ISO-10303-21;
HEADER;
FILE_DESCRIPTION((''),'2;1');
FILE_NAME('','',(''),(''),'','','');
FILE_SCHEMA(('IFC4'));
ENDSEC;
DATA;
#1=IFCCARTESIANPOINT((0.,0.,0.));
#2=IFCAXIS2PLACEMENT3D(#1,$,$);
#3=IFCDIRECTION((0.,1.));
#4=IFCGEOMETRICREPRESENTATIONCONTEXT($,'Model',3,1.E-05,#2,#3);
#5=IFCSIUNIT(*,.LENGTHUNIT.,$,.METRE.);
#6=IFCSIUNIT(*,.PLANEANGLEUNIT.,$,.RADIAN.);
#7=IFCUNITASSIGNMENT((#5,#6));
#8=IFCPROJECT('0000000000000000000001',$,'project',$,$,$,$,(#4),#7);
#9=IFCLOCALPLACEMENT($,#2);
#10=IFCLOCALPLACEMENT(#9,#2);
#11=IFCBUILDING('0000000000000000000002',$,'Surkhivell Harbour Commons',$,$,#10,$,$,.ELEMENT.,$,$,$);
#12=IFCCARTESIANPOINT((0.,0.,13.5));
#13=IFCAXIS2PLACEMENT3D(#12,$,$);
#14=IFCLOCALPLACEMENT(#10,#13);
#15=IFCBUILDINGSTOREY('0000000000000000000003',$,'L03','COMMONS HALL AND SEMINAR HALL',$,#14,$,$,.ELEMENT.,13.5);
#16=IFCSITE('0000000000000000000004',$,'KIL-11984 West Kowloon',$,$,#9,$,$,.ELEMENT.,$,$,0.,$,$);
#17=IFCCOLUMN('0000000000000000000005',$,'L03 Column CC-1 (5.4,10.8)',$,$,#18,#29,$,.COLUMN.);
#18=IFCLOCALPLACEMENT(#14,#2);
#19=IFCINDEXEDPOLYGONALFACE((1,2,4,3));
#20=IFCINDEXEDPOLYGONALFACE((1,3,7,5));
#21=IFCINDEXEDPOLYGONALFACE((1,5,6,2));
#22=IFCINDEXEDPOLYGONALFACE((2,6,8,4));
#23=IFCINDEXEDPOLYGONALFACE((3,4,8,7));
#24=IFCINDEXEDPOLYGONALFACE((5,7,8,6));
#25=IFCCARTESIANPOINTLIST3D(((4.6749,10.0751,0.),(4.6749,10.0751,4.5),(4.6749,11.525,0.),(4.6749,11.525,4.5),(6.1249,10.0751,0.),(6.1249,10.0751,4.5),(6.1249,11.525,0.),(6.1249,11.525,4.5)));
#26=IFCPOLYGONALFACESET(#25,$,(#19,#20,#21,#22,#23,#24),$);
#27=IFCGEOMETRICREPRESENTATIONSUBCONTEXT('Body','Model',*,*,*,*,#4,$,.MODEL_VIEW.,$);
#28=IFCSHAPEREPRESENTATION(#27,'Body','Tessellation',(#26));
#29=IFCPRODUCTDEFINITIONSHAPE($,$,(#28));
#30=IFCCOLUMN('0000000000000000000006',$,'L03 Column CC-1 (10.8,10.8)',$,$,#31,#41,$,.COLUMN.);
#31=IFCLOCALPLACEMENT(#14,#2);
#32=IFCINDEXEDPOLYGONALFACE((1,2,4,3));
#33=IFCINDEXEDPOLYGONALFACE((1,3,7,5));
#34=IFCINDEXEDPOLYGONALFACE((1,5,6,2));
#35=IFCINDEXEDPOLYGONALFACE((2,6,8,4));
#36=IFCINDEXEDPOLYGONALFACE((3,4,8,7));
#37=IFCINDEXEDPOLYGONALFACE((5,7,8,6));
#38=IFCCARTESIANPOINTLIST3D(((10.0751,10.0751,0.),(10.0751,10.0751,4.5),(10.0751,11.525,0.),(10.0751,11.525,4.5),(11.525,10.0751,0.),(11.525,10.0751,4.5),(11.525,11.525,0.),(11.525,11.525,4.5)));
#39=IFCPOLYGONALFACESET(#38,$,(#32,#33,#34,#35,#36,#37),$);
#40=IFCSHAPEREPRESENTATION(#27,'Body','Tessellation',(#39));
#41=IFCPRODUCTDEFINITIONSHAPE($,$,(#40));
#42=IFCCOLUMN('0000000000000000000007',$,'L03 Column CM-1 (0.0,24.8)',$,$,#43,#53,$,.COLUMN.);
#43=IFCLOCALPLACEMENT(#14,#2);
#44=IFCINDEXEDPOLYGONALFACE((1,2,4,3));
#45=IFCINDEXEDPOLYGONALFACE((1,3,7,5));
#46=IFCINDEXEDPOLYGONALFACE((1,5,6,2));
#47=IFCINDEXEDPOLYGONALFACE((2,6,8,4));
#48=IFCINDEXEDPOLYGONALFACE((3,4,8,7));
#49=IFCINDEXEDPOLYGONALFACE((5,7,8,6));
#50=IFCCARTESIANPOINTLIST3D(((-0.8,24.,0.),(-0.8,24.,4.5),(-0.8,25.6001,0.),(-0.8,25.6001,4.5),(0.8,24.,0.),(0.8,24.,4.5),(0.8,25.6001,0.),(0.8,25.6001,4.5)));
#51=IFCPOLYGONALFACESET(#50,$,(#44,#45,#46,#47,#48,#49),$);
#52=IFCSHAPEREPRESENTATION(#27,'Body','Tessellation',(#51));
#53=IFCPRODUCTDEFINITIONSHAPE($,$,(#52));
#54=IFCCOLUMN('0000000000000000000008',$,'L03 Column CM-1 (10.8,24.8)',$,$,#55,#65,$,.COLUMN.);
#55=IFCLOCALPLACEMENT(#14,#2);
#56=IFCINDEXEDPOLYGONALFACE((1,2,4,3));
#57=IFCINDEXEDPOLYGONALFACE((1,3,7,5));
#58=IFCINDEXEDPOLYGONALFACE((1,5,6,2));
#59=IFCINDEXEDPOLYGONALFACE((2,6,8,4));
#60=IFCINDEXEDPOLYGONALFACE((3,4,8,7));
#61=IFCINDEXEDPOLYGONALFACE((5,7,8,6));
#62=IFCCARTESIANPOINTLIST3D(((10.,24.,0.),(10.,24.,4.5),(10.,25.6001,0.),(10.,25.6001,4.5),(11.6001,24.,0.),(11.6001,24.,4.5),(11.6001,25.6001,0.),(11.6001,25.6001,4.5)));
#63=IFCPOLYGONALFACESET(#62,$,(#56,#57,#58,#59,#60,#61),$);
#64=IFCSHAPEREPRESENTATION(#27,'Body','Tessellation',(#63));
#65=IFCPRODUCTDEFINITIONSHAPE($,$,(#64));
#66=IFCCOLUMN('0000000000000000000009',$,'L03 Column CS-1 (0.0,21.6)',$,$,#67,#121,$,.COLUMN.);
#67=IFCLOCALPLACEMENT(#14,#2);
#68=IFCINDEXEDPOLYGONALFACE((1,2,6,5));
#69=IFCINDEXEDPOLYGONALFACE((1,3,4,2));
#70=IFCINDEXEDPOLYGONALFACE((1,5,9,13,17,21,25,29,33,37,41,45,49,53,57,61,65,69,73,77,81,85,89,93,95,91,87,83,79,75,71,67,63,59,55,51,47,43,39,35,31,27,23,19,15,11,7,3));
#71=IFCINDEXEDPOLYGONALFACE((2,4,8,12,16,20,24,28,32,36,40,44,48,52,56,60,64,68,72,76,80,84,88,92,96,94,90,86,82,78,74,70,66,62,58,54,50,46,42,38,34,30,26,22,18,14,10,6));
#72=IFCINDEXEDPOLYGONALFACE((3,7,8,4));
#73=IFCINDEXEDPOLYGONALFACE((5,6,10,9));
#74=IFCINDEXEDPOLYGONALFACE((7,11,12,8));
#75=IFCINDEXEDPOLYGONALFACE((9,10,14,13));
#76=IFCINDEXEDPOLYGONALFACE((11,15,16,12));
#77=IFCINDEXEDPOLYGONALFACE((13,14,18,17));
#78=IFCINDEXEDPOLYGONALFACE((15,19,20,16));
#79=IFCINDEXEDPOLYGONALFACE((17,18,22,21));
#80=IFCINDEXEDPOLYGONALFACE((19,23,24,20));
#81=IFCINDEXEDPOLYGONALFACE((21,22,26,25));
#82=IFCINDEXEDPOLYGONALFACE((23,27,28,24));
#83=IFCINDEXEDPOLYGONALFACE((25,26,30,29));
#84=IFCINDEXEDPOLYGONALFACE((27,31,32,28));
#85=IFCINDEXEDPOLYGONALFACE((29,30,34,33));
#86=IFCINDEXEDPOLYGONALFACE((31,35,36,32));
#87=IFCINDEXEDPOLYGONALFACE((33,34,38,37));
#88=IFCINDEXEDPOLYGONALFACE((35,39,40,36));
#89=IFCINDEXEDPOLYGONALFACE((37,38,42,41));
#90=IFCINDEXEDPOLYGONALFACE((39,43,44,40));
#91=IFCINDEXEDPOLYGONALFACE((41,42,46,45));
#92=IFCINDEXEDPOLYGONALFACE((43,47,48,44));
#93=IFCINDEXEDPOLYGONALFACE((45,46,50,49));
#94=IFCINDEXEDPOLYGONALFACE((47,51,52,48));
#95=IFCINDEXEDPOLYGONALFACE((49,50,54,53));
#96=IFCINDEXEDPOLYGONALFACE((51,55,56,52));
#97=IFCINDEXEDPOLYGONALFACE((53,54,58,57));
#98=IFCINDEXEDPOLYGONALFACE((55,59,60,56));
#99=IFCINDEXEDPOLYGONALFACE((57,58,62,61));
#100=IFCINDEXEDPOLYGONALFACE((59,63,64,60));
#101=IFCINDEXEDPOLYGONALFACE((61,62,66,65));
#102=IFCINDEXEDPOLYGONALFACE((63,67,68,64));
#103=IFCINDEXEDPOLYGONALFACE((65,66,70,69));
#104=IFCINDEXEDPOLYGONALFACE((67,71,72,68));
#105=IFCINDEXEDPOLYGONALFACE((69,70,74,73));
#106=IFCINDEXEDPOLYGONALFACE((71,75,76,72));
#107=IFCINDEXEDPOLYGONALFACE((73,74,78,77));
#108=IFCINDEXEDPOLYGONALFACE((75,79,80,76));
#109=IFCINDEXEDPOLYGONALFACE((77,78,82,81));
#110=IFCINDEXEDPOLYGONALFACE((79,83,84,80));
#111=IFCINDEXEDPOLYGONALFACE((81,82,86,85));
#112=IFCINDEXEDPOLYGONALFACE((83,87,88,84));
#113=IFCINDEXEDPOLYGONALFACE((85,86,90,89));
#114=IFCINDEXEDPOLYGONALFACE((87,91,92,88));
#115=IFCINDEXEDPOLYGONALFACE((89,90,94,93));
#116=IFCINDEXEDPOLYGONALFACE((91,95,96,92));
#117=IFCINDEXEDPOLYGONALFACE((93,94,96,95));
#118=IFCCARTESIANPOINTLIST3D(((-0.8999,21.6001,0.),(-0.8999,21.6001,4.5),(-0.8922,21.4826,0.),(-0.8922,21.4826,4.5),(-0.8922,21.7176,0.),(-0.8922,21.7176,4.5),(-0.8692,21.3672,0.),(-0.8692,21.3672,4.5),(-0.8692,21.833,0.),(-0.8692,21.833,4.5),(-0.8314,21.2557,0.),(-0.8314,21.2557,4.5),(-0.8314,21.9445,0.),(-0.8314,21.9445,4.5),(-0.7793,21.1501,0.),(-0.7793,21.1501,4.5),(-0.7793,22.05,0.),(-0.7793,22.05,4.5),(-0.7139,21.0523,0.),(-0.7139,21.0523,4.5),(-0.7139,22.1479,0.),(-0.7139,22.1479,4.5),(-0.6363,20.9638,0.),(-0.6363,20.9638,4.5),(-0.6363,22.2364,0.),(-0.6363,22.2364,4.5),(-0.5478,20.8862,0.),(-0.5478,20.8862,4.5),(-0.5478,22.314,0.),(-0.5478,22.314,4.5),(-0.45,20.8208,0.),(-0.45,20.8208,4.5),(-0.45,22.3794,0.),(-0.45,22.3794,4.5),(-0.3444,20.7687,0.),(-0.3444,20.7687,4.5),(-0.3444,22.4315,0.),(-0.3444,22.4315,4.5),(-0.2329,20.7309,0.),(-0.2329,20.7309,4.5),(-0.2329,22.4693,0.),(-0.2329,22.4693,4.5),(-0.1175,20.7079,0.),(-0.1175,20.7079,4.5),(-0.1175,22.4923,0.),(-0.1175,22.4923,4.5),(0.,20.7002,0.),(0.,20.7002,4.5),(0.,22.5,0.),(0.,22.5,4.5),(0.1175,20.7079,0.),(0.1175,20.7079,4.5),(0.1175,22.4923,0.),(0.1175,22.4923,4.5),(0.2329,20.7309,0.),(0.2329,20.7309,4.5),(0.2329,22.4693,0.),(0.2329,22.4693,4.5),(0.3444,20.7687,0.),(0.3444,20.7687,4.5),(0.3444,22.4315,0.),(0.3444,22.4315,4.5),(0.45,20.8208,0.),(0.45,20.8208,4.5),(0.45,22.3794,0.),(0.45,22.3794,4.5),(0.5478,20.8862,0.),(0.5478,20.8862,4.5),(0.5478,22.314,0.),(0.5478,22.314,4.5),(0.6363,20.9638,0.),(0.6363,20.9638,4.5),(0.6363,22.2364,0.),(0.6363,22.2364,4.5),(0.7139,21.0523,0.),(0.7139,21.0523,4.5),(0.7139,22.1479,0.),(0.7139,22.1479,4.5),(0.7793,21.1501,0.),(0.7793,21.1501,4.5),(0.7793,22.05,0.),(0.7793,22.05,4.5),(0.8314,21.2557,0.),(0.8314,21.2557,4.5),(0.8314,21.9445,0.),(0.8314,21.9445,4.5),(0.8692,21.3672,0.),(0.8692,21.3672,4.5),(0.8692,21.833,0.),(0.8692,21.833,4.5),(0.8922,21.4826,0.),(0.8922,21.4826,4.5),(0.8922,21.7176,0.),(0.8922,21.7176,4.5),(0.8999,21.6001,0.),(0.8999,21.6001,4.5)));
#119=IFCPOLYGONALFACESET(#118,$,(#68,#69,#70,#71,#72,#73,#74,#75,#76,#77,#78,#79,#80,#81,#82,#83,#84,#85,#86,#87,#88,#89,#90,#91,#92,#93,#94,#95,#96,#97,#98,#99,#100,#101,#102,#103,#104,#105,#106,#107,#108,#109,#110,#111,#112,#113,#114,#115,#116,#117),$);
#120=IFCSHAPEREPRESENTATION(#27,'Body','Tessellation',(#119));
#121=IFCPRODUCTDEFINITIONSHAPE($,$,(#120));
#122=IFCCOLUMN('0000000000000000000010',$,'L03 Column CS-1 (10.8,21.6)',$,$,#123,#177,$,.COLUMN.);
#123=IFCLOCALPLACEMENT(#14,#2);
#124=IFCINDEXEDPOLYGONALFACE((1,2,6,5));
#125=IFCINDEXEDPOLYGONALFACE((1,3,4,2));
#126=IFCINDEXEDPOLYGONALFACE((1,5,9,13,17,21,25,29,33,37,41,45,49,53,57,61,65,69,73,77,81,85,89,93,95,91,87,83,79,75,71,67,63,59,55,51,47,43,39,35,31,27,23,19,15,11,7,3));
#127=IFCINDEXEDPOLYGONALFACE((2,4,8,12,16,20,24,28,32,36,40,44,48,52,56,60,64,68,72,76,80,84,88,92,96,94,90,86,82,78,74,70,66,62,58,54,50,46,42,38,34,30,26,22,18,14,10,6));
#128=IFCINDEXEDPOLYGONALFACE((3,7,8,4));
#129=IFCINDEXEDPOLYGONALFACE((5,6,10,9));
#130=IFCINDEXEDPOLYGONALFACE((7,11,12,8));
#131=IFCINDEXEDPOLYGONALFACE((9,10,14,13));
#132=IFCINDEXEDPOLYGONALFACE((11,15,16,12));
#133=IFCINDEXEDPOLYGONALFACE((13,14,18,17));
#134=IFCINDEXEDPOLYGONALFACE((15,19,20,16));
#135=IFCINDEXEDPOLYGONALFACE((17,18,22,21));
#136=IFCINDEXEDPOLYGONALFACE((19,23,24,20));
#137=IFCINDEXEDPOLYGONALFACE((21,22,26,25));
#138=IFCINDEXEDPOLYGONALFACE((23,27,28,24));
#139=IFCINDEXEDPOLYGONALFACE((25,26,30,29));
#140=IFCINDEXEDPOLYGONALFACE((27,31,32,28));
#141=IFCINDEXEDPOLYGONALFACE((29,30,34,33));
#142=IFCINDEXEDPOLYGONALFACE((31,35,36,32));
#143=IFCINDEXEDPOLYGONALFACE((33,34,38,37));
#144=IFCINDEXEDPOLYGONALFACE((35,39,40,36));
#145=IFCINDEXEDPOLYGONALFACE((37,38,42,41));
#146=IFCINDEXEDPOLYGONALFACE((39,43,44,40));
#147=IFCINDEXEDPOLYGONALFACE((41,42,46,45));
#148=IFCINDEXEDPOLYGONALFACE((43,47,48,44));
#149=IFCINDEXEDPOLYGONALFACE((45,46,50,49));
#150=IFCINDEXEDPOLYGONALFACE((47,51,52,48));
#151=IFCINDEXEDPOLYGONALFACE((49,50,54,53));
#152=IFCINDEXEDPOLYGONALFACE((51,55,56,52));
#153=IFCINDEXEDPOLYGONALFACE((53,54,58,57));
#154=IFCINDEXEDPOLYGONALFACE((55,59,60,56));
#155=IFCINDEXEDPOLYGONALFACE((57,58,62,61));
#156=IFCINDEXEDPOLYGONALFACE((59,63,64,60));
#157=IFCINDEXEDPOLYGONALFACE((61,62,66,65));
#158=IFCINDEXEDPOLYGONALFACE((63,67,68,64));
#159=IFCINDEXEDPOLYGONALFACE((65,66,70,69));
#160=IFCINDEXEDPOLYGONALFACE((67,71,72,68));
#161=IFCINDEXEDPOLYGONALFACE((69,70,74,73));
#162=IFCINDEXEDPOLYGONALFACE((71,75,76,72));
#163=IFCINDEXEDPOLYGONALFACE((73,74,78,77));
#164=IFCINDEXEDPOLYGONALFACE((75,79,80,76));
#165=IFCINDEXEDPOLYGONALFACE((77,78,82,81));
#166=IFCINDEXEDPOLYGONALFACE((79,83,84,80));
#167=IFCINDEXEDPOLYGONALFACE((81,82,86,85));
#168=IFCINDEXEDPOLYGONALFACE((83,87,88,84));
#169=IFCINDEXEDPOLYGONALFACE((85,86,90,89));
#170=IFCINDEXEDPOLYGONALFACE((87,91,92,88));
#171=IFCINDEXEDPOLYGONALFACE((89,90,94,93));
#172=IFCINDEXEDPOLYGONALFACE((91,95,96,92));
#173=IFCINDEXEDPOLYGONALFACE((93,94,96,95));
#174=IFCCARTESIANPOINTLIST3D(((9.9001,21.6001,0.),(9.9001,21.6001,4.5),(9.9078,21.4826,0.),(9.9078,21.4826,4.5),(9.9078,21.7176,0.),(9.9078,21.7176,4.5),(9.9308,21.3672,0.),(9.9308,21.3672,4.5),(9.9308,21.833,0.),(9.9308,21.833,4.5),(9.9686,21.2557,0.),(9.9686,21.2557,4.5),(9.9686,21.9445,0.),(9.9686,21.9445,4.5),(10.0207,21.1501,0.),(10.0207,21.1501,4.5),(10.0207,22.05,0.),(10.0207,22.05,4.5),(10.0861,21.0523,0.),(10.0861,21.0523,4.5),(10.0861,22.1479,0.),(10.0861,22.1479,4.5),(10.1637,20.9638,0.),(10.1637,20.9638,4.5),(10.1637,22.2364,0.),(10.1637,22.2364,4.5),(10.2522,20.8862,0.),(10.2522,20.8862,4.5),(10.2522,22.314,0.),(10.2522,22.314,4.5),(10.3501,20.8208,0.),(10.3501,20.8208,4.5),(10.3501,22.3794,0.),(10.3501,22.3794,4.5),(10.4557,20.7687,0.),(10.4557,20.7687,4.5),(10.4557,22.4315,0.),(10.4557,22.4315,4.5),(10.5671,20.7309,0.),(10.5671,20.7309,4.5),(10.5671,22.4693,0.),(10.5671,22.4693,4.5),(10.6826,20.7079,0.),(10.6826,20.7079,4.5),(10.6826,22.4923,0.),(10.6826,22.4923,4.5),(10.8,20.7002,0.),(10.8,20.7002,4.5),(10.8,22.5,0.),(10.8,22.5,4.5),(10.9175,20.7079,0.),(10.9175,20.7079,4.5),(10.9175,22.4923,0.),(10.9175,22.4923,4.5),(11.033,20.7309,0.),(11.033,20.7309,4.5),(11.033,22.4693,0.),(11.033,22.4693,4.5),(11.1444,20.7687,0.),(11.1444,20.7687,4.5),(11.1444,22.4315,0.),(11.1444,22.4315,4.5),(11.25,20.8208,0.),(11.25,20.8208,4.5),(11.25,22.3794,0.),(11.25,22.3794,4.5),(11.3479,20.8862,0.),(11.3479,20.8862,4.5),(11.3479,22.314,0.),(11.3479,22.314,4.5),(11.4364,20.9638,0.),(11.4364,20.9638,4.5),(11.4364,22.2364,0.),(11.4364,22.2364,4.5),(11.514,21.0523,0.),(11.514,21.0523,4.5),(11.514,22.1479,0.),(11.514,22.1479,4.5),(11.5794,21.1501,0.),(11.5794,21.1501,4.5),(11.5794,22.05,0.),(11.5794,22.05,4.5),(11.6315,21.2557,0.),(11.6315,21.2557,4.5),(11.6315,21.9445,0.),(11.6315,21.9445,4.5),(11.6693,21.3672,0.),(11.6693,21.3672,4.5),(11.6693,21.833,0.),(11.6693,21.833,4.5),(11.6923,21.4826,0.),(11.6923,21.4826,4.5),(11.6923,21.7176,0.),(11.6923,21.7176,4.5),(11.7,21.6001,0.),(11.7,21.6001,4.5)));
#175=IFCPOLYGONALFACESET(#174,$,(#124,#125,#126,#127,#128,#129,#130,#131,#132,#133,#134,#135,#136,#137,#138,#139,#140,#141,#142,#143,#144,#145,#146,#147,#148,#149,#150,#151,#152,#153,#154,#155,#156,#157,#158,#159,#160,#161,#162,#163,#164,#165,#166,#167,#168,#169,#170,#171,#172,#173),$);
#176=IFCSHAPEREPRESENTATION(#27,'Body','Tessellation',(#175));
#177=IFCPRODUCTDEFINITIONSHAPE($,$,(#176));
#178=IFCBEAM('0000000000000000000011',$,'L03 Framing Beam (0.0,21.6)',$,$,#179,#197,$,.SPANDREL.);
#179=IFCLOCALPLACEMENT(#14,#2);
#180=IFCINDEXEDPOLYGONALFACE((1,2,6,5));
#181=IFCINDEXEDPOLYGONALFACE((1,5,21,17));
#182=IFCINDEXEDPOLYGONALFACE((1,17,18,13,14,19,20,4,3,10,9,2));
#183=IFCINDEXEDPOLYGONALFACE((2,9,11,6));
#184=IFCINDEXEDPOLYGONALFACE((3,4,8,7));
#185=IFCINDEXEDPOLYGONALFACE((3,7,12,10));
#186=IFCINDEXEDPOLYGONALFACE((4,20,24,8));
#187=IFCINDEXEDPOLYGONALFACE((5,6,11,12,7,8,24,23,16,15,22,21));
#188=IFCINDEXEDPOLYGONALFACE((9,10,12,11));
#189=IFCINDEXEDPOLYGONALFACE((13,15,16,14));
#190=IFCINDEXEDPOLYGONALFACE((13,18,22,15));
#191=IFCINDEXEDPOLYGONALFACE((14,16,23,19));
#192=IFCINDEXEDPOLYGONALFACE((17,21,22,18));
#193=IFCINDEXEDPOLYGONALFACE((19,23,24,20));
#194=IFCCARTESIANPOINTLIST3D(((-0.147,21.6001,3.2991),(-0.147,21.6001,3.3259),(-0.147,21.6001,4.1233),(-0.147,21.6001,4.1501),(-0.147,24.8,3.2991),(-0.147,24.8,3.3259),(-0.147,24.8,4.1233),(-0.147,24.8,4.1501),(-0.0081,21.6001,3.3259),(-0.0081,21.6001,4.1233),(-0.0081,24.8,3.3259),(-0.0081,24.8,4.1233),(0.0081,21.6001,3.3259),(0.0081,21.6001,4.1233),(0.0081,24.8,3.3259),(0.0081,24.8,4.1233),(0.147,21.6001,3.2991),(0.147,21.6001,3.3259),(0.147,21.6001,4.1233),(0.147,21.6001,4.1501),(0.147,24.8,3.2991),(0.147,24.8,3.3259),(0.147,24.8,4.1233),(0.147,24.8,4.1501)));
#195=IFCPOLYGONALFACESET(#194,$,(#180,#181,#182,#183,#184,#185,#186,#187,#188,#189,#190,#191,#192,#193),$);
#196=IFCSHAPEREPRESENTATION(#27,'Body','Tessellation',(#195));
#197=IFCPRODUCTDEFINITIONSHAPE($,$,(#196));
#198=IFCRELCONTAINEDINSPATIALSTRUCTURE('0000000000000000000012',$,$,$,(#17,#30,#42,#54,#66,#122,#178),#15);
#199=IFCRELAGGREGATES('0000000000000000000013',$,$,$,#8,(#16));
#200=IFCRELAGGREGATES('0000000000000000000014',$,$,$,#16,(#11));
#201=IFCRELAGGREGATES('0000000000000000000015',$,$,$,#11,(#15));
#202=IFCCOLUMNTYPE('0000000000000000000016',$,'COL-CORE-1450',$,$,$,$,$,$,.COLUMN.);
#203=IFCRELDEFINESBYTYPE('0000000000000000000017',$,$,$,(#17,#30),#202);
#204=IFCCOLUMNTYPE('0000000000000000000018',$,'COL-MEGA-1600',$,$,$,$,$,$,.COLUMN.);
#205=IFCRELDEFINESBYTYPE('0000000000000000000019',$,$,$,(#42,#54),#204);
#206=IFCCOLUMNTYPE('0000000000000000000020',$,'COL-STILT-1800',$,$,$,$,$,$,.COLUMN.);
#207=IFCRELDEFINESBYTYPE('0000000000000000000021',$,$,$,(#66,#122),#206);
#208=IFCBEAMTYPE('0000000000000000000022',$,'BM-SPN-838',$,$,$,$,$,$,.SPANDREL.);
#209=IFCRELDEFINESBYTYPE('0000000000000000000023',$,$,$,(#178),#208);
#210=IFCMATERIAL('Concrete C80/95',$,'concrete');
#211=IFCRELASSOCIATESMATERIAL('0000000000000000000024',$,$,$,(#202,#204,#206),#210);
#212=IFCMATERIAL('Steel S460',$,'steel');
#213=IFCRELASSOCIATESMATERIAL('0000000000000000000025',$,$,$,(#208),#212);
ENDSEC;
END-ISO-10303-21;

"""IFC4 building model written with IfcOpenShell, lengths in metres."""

from ifc_helpers import new_model, si_unit, direction, frame, origin, origin_2d, place, context, subcontext, project, spatial, rectangle, circle, i_section, extrude, material, material_profile, profile_set, type_object, element, save


model = new_model("IFC4")

# Units and contexts
model_context = context("Model", 3, precision=1e-05, world=origin(), true_north=direction((0.0, 1.0)))
body_context = subcontext(model_context, "Body", "Model", "MODEL_VIEW")
ifc_project = project(units=[si_unit("LENGTHUNIT", "METRE"), si_unit("PLANEANGLEUNIT", "RADIAN")], contexts=[model_context])

# Site, building, storey
site_placement = place(None, origin())
site = spatial("IfcSite", under=ifc_project, at=site_placement, Name="KIL-11984 West Kowloon", CompositionType="ELEMENT", RefElevation=0.0)
building_placement = place(site_placement, origin())
building = spatial("IfcBuilding", under=site, at=building_placement, Name="Surkhivell Harbour Commons", CompositionType="ELEMENT")
storey_placement = place(building_placement, frame((0.0, 0.0, 13.5)))
storey = spatial("IfcBuildingStorey", under=building, at=storey_placement, Name="L03", Description="COMMONS HALL AND SEMINAR HALL", CompositionType="ELEMENT", Elevation=13.5)

# Columns
ifc_material_1 = material(Name="Concrete C80/95", Category="concrete")
ifc_material_profile_1 = material_profile(ifc_material_1, rectangle(XDim=1.45, YDim=1.45, at=origin_2d()), Name="RC-COL-1450x1450")
ifc_profile_set_1 = profile_set([ifc_material_profile_1], Name="Concrete C80/95")
column_type_1 = type_object("IfcColumnType", Name="COL-CORE-1450", PredefinedType="COLUMN", material=ifc_profile_set_1)
for number, where, z_axis, x_axis, name in (
    (1, (5.3999, 10.8, 0.0), (0.0, 0.0, 1.0), (1.0, 0.0, 0.0), "L03 Column CC-1 (5.4,10.8)"),
    (2, (10.8, 10.8, 0.0), (0.0, 0.0, 1.0), (1.0, 0.0, 0.0), "L03 Column CC-1 (10.8,10.8)"),
):
    element("IfcColumn", number, at=place(storey_placement, frame(where, z_axis=z_axis, x_axis=x_axis)), inside=storey, type_object=column_type_1, Name=name, PredefinedType="COLUMN", context=body_context, shape_type="SweptSolid", body=[
        extrude(rectangle(XDim=1.45, YDim=1.45, at=origin_2d()), origin(), (0.0, 0.0, 1.0), 4.5),
    ])
ifc_material_profile_2 = material_profile(ifc_material_1, rectangle(XDim=1.6001, YDim=1.6001, at=origin_2d()), Name="RC-COL-1600x1600")
ifc_profile_set_2 = profile_set([ifc_material_profile_2], Name="Concrete C80/95")
column_type_2 = type_object("IfcColumnType", Name="COL-MEGA-1600", PredefinedType="COLUMN", material=ifc_profile_set_2)
for number, where, z_axis, x_axis, name in (
    (3, (0.0, 24.8, 0.0), (0.0, 0.0, 1.0), (1.0, 0.0, 0.0), "L03 Column CM-1 (0.0,24.8)"),
    (4, (10.8, 24.8, 0.0), (0.0, 0.0, 1.0), (1.0, 0.0, 0.0), "L03 Column CM-1 (10.8,24.8)"),
):
    element("IfcColumn", number, at=place(storey_placement, frame(where, z_axis=z_axis, x_axis=x_axis)), inside=storey, type_object=column_type_2, Name=name, PredefinedType="COLUMN", context=body_context, shape_type="SweptSolid", body=[
        extrude(rectangle(XDim=1.6001, YDim=1.6001, at=origin_2d()), origin(), (0.0, 0.0, 1.0), 4.5),
    ])
ifc_material_profile_3 = material_profile(ifc_material_1, circle(Radius=0.8999, at=origin_2d()), Name="RC-CIRC-1800")
ifc_profile_set_3 = profile_set([ifc_material_profile_3], Name="Concrete C80/95")
column_type_3 = type_object("IfcColumnType", Name="COL-STILT-1800", PredefinedType="COLUMN", material=ifc_profile_set_3)
for number, where, z_axis, x_axis, name in (
    (5, (0.0, 21.6001, 0.0), (0.0, 0.0, 1.0), (1.0, 0.0, 0.0), "L03 Column CS-1 (0.0,21.6)"),
    (6, (10.8, 21.6001, 0.0), (0.0, 0.0, 1.0), (1.0, 0.0, 0.0), "L03 Column CS-1 (10.8,21.6)"),
):
    element("IfcColumn", number, at=place(storey_placement, frame(where, z_axis=z_axis, x_axis=x_axis)), inside=storey, type_object=column_type_3, Name=name, PredefinedType="COLUMN", context=body_context, shape_type="SweptSolid", body=[
        extrude(circle(Radius=0.8999, at=origin_2d()), origin(), (0.0, 0.0, 1.0), 4.5),
    ])

# Beam
ifc_material_2 = material(Name="Steel S460", Category="steel")
ifc_material_profile_4 = material_profile(ifc_material_2, i_section(OverallWidth=0.2939, OverallDepth=0.8511, WebThickness=0.0161, FlangeThickness=0.0269, at=origin_2d()), Name="UB838x292x226")
ifc_profile_set_4 = profile_set([ifc_material_profile_4], Name="Steel S460")
beam_type = type_object("IfcBeamType", Name="BM-SPN-838", PredefinedType="SPANDREL", material=ifc_profile_set_4)
beam_1_placement = place(storey_placement, frame((0.0, 21.6001, 3.7246), z_axis=(0.0, 1.0, 0.0), x_axis=(-1.0, 0.0, 0.0)))
element("IfcBeam", 7, at=beam_1_placement, inside=storey, type_object=beam_type, Name="L03 Framing Beam (0.0,21.6)", PredefinedType="SPANDREL", context=body_context, shape_type="SweptSolid", body=[
    extrude(i_section(OverallWidth=0.2939, OverallDepth=0.8511, WebThickness=0.0161, FlangeThickness=0.0269, at=origin_2d()), origin(), (0.0, 0.0, 1.0), 3.2),
])

save(model, "model.ifc")
